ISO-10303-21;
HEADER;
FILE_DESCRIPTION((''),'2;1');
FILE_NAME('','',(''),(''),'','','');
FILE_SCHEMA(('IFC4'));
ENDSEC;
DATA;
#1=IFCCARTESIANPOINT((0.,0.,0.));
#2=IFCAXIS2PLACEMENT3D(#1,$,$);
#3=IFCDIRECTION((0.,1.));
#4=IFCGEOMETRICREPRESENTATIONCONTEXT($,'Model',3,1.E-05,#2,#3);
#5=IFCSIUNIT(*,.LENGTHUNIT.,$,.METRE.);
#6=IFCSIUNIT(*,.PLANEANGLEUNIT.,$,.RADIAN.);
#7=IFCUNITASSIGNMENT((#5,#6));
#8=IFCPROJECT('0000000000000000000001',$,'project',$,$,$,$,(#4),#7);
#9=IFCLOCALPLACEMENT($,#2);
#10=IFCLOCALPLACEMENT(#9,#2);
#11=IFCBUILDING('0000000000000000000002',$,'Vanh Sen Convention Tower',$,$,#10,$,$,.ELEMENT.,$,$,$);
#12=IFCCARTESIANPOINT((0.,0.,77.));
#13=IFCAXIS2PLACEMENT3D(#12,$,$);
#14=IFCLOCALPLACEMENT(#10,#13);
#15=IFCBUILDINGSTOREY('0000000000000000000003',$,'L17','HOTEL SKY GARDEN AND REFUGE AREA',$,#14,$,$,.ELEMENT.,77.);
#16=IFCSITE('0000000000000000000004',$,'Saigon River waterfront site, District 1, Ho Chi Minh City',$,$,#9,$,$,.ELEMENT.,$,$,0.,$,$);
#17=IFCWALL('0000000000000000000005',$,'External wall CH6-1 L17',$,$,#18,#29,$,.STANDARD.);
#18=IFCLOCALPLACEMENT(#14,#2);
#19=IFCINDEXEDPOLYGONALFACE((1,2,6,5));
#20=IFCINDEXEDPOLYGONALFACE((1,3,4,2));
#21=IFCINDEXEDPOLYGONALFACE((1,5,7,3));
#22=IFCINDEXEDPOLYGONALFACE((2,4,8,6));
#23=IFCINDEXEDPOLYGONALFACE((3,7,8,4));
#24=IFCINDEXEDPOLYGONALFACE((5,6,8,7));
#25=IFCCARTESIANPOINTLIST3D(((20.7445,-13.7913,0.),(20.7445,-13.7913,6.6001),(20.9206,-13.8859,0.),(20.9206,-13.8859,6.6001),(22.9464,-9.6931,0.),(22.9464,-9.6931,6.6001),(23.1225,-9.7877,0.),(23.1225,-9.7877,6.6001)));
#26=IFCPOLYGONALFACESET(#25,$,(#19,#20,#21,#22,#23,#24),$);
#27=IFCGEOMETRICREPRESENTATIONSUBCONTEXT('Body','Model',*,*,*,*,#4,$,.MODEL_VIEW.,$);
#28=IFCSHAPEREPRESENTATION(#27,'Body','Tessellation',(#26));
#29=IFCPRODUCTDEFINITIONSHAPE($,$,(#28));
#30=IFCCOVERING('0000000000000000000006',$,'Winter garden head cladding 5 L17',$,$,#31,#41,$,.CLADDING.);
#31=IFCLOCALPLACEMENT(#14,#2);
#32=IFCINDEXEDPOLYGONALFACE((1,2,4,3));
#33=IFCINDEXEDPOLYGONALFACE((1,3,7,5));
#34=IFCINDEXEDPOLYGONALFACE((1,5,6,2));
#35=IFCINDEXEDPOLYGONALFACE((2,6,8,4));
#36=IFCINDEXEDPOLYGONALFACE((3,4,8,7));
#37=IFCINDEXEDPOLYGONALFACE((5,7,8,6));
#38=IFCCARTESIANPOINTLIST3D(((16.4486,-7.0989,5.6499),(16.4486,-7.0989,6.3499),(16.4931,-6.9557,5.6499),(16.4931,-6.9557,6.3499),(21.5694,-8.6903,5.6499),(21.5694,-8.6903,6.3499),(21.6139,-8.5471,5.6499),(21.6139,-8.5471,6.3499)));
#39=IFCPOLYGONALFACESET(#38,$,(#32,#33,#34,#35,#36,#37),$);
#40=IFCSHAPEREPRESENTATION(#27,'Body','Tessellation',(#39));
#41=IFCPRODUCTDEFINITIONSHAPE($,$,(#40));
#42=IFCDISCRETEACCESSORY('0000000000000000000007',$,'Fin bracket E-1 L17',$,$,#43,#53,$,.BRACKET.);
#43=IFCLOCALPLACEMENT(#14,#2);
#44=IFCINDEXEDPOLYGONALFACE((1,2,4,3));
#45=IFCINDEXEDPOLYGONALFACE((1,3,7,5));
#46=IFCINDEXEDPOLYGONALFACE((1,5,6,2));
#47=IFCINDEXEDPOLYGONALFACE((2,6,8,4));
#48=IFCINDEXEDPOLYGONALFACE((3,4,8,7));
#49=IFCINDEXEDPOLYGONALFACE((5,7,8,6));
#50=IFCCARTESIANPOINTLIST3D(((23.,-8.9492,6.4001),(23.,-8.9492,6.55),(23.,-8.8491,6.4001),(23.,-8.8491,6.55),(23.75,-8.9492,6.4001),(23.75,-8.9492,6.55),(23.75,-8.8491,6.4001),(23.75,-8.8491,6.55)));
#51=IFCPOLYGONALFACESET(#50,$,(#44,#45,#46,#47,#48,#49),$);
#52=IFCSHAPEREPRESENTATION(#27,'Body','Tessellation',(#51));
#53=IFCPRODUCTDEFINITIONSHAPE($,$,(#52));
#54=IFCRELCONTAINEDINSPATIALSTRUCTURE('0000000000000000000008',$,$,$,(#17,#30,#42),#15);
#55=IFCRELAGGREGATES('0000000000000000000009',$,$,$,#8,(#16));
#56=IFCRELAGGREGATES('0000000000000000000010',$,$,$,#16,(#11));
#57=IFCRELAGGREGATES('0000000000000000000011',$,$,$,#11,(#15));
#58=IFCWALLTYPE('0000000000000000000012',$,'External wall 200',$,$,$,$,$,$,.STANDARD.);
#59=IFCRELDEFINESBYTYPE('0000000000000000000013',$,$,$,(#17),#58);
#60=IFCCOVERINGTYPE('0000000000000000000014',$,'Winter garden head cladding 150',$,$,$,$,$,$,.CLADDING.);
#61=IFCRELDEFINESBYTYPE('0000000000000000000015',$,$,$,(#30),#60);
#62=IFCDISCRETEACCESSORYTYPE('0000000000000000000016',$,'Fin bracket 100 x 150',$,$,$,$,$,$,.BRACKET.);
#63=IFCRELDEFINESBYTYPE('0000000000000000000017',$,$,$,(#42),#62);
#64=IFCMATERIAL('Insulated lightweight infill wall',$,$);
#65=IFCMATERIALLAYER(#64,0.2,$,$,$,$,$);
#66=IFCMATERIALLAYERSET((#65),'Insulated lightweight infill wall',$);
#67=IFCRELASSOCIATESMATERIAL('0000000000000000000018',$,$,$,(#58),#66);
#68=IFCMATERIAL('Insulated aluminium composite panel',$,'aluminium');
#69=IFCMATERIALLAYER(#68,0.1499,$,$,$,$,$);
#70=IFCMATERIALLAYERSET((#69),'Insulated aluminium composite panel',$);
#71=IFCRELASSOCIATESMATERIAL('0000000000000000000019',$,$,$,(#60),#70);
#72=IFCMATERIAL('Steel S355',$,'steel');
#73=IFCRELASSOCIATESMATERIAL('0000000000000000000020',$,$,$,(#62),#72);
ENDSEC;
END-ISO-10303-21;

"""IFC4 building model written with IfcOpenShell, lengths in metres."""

from ifc_helpers import new_model, si_unit, direction, frame, frame_2d, origin, origin_2d, place, context, subcontext, project, spatial, rectangle, extrude, material, layer, layer_set, type_object, element, save


model = new_model("IFC4")

# Units and contexts
model_context = context("Model", 3, precision=1e-05, world=origin(), true_north=direction((0.0, 1.0)))
body_context = subcontext(model_context, "Body", "Model", "MODEL_VIEW")
ifc_project = project(units=[si_unit("LENGTHUNIT", "METRE"), si_unit("PLANEANGLEUNIT", "RADIAN")], contexts=[model_context])

# Site, building, storey
site_placement = place(None, origin())
site = spatial("IfcSite", under=ifc_project, at=site_placement, Name="Saigon River waterfront site, District 1, Ho Chi Minh City", CompositionType="ELEMENT", RefElevation=0.0)
building_placement = place(site_placement, origin())
building = spatial("IfcBuilding", under=site, at=building_placement, Name="Vanh Sen Convention Tower", CompositionType="ELEMENT")
storey_placement = place(building_placement, frame((0.0, 0.0, 77.0)))
storey = spatial("IfcBuildingStorey", under=building, at=storey_placement, Name="L17", Description="HOTEL SKY GARDEN AND REFUGE AREA", CompositionType="ELEMENT", Elevation=77.0)

# Wall
ifc_material_1 = material(Name="Insulated lightweight infill wall")
ifc_layer_1 = layer(ifc_material_1, 0.2)
ifc_layer_set_1 = layer_set([ifc_layer_1], Name="Insulated lightweight infill wall")
wall_type = type_object("IfcWallType", Name="External wall 200", PredefinedType="STANDARD", material=ifc_layer_set_1)
wall_placement = place(storey_placement, frame((20.8325, -13.8386, 0.0), z_axis=(0.0, 0.0, 1.0), x_axis=(0.473302, 0.8809, 0.0)))
element("IfcWall", 1, at=wall_placement, inside=storey, type_object=wall_type, Name="External wall CH6-1 L17", PredefinedType="STANDARD", context=body_context, shape_type="SweptSolid", body=[
    extrude(rectangle(XDim=4.6523, YDim=0.2, at=frame_2d((2.3262, 0.0))), origin(), (0.0, 0.0, 1.0), 6.6001),
])

# Covering
ifc_material_2 = material(Name="Insulated aluminium composite panel", Category="aluminium")
ifc_layer_2 = layer(ifc_material_2, 0.1499)
ifc_layer_set_2 = layer_set([ifc_layer_2], Name="Insulated aluminium composite panel")
covering_type = type_object("IfcCoveringType", Name="Winter garden head cladding 150", PredefinedType="CLADDING", material=ifc_layer_set_2)
covering_placement = place(storey_placement, frame((19.0312, -7.823, 5.6499), z_axis=(0.0, 0.0, 1.0), x_axis=(0.954949, -0.29677, 0.0)))
element("IfcCovering", 2, at=covering_placement, inside=storey, type_object=covering_type, Name="Winter garden head cladding 5 L17", PredefinedType="CLADDING", context=body_context, shape_type="SweptSolid", body=[
    extrude(rectangle(XDim=5.3623, YDim=0.1499, at=origin_2d()), origin(), (0.0, 0.0, 1.0), 0.7),
])

# Discrete accessory
ifc_material_3 = material(Name="Steel S355", Category="steel")
discrete_accessory_type = type_object("IfcDiscreteAccessoryType", Name="Fin bracket 100 x 150", PredefinedType="BRACKET", material=ifc_material_3)
discrete_accessory_placement = place(storey_placement, frame((23.375, -8.8992, 6.4001), z_axis=(0.0, 0.0, 1.0), x_axis=(1.0, 0.0, 0.0)))
element("IfcDiscreteAccessory", 3, at=discrete_accessory_placement, inside=storey, type_object=discrete_accessory_type, Name="Fin bracket E-1 L17", PredefinedType="BRACKET", context=body_context, shape_type="SweptSolid", body=[
    extrude(rectangle(XDim=0.75, YDim=0.1001, at=origin_2d()), origin(), (0.0, 0.0, 1.0), 0.1499),
])

save(model, "model.ifc")
